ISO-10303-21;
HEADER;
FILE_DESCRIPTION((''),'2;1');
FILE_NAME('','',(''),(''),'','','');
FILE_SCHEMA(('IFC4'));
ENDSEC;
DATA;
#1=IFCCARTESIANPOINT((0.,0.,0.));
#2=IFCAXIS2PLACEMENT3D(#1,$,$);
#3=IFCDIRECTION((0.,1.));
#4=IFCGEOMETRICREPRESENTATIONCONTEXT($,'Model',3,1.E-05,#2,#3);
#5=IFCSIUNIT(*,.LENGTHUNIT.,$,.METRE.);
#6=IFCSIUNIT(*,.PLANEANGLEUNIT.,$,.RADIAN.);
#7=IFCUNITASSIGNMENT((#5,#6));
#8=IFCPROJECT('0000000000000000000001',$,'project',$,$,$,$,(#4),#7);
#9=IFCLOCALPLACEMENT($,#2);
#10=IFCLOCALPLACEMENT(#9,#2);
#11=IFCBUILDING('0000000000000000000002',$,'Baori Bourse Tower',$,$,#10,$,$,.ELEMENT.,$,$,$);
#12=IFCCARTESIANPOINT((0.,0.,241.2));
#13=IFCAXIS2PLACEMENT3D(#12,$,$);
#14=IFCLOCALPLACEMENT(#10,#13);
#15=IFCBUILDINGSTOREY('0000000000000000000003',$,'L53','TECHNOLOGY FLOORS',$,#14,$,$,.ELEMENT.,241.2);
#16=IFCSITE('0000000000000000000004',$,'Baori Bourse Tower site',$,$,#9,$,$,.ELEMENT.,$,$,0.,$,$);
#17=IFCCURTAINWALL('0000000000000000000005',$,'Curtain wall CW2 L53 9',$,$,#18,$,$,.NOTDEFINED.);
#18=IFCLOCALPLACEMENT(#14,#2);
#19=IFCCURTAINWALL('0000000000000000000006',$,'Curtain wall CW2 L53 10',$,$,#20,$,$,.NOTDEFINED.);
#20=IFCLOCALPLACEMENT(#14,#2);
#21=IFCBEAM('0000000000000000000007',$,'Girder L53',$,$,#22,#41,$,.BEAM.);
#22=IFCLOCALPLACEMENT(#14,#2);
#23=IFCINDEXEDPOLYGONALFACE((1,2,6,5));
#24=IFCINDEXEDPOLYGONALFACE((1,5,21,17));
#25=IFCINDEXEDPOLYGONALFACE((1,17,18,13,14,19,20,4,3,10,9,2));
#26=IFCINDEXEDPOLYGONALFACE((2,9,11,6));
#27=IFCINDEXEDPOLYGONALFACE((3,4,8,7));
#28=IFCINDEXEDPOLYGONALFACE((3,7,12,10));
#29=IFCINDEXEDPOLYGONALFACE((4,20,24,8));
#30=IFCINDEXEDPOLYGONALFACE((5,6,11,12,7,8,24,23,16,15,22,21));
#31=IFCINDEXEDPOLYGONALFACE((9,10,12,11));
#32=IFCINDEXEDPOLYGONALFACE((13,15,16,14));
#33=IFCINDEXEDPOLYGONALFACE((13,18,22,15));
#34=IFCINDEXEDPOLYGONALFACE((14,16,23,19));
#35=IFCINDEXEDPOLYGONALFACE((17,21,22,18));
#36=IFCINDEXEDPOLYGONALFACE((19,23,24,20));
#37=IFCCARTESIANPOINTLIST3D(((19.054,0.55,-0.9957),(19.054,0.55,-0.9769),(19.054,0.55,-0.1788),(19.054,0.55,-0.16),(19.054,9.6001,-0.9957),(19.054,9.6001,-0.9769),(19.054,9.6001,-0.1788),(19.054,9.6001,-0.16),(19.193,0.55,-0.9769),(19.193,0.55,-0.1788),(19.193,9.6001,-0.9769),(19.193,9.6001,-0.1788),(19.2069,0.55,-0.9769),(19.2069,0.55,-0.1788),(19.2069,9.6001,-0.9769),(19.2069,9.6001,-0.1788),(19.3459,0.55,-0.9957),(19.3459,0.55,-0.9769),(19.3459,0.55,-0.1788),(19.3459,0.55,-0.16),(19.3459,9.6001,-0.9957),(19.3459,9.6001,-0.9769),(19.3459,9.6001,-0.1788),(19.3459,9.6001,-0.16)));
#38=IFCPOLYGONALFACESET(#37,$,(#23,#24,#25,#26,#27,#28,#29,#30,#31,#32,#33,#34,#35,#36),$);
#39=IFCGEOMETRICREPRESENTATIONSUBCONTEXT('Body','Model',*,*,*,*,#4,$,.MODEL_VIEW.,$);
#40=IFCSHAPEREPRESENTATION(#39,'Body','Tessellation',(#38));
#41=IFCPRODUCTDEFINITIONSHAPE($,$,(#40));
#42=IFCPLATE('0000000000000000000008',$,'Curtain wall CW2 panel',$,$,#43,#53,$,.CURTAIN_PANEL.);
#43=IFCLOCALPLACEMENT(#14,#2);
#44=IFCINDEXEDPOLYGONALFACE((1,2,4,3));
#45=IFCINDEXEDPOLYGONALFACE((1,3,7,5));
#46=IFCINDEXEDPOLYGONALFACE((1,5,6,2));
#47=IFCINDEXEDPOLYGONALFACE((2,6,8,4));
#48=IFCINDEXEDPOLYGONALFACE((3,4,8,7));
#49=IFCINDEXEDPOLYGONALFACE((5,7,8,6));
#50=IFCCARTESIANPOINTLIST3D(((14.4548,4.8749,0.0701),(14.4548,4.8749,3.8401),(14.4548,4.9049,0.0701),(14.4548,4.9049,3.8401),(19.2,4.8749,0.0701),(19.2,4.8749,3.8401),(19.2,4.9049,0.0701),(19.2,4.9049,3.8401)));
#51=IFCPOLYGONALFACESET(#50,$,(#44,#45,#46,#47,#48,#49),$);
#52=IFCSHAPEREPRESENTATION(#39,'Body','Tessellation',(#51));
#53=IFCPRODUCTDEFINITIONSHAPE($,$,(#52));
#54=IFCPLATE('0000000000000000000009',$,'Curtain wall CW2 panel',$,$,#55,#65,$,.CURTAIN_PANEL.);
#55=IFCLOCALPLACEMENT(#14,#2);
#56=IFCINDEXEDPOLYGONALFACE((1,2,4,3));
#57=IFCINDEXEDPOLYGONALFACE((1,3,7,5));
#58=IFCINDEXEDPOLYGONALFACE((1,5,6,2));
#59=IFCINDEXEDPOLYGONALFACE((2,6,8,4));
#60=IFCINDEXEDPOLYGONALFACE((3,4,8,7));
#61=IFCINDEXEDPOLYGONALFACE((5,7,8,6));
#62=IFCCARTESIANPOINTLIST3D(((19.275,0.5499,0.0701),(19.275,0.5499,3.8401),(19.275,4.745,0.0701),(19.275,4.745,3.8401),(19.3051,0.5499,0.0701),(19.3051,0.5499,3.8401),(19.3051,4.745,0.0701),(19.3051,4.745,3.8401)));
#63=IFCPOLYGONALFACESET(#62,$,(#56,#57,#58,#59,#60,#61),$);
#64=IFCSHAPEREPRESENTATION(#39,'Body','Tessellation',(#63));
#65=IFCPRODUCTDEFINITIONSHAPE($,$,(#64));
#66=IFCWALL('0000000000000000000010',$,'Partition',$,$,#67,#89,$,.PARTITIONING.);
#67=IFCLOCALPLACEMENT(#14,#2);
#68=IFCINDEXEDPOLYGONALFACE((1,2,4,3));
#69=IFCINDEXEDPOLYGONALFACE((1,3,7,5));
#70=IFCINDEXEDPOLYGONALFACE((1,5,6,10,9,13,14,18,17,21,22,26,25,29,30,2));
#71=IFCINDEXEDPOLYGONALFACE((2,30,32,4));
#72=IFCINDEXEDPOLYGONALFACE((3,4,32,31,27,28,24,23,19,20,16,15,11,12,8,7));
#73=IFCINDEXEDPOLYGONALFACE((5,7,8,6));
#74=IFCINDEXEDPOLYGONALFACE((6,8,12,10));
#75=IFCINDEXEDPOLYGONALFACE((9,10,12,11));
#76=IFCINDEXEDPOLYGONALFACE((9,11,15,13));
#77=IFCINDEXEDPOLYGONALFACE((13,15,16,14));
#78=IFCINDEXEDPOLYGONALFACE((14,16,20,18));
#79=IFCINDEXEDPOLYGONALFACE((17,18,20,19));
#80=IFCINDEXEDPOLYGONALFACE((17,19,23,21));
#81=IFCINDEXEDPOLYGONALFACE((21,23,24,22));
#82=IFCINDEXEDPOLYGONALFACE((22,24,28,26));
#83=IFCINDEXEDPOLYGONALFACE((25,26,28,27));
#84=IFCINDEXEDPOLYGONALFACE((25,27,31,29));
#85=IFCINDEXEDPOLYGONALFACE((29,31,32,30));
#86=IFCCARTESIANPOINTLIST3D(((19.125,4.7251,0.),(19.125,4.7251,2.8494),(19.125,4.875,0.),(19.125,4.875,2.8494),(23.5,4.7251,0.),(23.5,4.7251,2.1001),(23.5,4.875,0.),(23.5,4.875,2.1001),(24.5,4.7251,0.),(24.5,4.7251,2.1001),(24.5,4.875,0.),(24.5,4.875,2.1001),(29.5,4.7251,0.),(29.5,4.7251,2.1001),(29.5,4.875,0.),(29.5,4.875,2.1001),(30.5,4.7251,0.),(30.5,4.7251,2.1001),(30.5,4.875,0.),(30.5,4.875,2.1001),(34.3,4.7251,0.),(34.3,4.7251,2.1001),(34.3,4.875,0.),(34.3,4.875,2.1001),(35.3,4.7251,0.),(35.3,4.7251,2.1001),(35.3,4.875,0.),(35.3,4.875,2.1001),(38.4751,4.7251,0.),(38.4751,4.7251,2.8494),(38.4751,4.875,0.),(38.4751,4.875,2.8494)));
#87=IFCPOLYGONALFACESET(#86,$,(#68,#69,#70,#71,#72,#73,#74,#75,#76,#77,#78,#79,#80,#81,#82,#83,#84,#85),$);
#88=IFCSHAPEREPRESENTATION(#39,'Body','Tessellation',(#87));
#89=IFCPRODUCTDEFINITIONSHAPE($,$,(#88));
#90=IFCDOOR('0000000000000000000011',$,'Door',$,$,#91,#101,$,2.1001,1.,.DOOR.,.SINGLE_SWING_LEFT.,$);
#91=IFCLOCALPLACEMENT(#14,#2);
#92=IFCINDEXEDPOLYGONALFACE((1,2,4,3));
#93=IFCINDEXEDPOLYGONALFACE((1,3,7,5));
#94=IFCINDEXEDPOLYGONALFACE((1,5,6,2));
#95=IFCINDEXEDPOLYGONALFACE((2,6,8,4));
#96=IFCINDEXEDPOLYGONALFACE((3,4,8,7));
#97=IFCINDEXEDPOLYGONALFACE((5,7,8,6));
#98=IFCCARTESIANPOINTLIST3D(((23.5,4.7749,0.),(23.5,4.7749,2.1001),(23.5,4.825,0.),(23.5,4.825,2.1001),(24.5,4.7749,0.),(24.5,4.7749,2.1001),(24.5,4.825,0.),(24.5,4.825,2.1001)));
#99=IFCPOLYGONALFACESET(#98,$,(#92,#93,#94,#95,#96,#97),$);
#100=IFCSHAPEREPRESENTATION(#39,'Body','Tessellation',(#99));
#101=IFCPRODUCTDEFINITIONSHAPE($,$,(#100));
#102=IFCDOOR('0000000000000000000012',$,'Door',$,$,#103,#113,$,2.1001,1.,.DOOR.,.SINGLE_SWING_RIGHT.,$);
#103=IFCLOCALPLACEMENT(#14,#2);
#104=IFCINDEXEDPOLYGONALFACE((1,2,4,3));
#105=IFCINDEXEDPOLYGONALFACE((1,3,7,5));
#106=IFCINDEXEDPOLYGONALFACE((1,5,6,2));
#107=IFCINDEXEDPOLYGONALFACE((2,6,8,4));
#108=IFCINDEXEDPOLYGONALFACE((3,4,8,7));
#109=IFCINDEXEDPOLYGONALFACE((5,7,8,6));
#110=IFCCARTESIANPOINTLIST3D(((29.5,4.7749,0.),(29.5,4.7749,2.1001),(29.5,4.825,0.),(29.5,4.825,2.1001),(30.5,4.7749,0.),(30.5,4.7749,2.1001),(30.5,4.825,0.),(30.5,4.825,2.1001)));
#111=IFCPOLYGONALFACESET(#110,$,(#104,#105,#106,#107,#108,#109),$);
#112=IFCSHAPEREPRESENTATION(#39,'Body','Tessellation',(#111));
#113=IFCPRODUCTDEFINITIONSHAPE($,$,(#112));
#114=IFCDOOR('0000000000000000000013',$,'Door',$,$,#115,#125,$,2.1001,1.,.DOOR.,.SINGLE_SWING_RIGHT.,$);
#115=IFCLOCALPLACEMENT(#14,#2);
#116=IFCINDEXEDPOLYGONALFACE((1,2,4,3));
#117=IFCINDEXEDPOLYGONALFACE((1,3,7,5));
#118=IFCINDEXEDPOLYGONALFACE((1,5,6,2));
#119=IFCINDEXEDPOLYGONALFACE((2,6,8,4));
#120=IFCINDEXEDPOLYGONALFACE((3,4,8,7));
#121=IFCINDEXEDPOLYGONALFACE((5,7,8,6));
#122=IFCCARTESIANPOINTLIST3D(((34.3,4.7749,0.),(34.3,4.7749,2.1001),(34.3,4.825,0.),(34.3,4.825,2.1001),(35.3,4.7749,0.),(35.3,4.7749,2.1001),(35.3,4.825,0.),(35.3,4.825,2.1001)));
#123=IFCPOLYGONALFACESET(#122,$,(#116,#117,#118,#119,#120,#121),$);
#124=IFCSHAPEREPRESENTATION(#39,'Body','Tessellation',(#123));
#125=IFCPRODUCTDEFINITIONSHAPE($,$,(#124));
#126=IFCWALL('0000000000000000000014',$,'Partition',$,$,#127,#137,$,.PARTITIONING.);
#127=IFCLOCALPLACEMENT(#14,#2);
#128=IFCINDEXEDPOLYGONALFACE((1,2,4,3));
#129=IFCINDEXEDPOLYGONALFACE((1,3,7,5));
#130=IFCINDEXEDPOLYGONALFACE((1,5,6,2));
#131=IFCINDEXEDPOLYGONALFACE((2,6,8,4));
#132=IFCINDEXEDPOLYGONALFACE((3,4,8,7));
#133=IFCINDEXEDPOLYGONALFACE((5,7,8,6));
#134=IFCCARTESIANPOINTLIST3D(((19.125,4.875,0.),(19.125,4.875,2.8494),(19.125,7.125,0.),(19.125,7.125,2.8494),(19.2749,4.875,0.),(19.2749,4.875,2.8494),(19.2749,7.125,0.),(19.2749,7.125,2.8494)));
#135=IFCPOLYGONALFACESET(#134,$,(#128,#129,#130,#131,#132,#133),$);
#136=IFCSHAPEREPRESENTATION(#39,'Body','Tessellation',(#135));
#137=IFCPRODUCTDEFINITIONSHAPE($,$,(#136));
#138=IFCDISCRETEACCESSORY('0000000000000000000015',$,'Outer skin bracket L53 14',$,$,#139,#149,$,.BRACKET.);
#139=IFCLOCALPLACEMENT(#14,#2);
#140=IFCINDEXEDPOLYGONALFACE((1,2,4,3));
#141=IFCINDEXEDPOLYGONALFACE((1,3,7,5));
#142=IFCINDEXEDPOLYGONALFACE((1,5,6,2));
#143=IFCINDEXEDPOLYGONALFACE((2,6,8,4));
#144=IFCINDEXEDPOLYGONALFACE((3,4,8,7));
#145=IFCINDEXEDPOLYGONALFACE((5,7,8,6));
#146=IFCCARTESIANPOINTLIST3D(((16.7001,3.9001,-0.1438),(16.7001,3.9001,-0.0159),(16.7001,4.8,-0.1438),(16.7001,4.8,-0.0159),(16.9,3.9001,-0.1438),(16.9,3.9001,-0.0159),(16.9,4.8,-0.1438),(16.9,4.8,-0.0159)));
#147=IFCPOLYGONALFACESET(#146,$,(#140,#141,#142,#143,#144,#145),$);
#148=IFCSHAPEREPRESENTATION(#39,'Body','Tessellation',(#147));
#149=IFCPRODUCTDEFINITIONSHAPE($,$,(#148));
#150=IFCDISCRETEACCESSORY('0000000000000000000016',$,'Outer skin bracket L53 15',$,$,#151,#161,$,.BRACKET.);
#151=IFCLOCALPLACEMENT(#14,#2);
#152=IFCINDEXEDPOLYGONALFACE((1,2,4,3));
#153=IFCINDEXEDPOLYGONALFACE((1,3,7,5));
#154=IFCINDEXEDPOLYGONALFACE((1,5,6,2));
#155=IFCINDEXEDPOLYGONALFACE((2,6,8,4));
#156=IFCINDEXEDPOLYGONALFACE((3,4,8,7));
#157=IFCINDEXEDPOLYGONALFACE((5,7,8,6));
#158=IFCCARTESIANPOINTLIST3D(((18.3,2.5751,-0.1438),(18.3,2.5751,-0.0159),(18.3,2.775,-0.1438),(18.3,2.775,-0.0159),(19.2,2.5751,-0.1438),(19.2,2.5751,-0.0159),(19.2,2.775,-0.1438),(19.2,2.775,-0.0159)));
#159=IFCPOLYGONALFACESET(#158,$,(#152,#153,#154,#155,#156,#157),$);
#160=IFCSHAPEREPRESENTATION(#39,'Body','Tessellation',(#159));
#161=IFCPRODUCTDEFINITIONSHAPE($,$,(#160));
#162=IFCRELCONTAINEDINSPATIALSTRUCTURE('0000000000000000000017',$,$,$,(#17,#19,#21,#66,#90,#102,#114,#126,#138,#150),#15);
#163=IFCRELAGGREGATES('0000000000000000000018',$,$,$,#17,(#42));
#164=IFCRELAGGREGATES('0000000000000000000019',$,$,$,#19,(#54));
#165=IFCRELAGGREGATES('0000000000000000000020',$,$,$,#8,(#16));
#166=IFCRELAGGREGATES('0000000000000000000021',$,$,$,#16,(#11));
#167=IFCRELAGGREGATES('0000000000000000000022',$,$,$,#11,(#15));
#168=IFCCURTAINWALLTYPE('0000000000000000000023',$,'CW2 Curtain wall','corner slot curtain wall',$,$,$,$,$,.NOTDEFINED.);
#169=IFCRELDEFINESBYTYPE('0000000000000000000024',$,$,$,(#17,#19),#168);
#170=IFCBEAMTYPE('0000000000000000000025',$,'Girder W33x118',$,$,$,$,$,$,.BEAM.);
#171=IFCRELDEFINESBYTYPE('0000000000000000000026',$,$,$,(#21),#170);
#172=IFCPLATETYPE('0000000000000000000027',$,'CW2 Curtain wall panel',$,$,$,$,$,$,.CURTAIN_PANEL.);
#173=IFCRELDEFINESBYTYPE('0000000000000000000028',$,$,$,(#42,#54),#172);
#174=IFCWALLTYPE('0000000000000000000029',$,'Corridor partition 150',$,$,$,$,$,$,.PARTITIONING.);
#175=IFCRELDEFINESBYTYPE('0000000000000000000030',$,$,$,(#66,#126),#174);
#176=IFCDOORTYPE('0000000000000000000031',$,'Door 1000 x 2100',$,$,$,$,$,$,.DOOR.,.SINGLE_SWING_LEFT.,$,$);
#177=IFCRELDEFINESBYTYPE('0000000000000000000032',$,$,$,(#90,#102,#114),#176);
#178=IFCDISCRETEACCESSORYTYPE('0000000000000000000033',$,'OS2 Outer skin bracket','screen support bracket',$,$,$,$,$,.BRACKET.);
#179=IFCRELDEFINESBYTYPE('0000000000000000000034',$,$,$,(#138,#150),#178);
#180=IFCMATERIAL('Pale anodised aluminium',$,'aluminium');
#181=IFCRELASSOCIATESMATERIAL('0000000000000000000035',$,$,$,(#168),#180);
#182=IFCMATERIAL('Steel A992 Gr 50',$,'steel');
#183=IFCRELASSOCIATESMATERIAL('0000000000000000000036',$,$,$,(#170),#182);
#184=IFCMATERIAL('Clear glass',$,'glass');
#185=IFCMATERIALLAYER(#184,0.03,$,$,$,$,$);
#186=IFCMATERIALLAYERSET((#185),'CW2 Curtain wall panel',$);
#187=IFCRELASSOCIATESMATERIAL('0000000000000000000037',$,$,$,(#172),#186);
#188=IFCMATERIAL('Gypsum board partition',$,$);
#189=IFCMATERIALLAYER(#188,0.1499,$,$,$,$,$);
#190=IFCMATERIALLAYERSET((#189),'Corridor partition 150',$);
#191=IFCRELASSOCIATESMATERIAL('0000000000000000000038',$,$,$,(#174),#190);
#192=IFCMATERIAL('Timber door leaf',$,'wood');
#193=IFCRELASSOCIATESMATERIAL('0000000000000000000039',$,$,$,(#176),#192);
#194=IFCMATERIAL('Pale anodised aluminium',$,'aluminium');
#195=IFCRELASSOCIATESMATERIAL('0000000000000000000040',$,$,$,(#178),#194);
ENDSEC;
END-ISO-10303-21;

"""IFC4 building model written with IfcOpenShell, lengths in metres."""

from ifc_helpers import new_model, si_unit, direction, frame, frame_2d, origin, origin_2d, place, context, subcontext, project, spatial, rectangle, i_section, extrude, material, layer, layer_set, material_profile, profile_set, type_object, element, fill, aggregate, save


model = new_model("IFC4")

# Units and contexts
model_context = context("Model", 3, precision=1e-05, world=origin(), true_north=direction((0.0, 1.0)))
body_context = subcontext(model_context, "Body", "Model", "MODEL_VIEW")
ifc_project = project(units=[si_unit("LENGTHUNIT", "METRE"), si_unit("PLANEANGLEUNIT", "RADIAN")], contexts=[model_context])

# Site, building, storey
site_placement = place(None, origin())
site = spatial("IfcSite", under=ifc_project, at=site_placement, Name="Baori Bourse Tower site", CompositionType="ELEMENT", RefElevation=0.0)
building_placement = place(site_placement, origin())
building = spatial("IfcBuilding", under=site, at=building_placement, Name="Baori Bourse Tower", CompositionType="ELEMENT")
storey_placement = place(building_placement, frame((0.0, 0.0, 241.2)))
storey = spatial("IfcBuildingStorey", under=building, at=storey_placement, Name="L53", Description="TECHNOLOGY FLOORS", CompositionType="ELEMENT", Elevation=241.2)

# Curtain walls
ifc_material_1 = material(Name="Pale anodised aluminium", Category="aluminium")
curtain_wall_type_1 = type_object("IfcCurtainWallType", Name="CW2 Curtain wall", Description="corner slot curtain wall", PredefinedType="NOTDEFINED", material=ifc_material_1)
curtain_wall_1_placement = place(storey_placement, origin())
curtain_wall_1 = element("IfcCurtainWall", 1, at=curtain_wall_1_placement, inside=storey, type_object=curtain_wall_type_1, Name="Curtain wall CW2 L53 9", PredefinedType="NOTDEFINED")
curtain_wall_2_placement = place(storey_placement, origin())
curtain_wall_2 = element("IfcCurtainWall", 2, at=curtain_wall_2_placement, inside=storey, type_object=curtain_wall_type_1, Name="Curtain wall CW2 L53 10", PredefinedType="NOTDEFINED")

# Beam
ifc_material_2 = material(Name="Steel A992 Gr 50", Category="steel")
ifc_material_profile_1 = material_profile(ifc_material_2, i_section(OverallWidth=0.292, OverallDepth=0.8357, WebThickness=0.0139, FlangeThickness=0.0188, at=origin_2d()), Name="W33x118")
ifc_profile_set_1 = profile_set([ifc_material_profile_1], Name="Steel A992 Gr 50")
beam_type_1 = type_object("IfcBeamType", Name="Girder W33x118", PredefinedType="BEAM", material=ifc_profile_set_1)
beam_1_placement = place(storey_placement, frame((19.2, 0.55, -0.5779), z_axis=(0.0, 1.0, 0.0), x_axis=(-1.0, 0.0, 0.0)))
element("IfcBeam", 3, at=beam_1_placement, inside=storey, type_object=beam_type_1, Name="Girder L53", PredefinedType="BEAM", context=body_context, shape_type="SweptSolid", body=[
    extrude(i_section(OverallWidth=0.292, OverallDepth=0.8357, WebThickness=0.0139, FlangeThickness=0.0188, at=origin_2d()), origin(), (0.0, 0.0, 1.0), 9.05),
])

# Plates
ifc_material_3 = material(Name="Clear glass", Category="glass")
ifc_layer_1 = layer(ifc_material_3, 0.03)
ifc_layer_set_1 = layer_set([ifc_layer_1], Name="CW2 Curtain wall panel")
plate_type = type_object("IfcPlateType", Name="CW2 Curtain wall panel", PredefinedType="CURTAIN_PANEL", material=ifc_layer_set_1)
plate_1_placement = place(storey_placement, frame((16.8274, 4.8899, 0.0701), z_axis=(0.0, 0.0, 1.0), x_axis=(1.0, 0.0, 0.0)))
plate_1 = element("IfcPlate", 4, at=plate_1_placement, type_object=plate_type, Name="Curtain wall CW2 panel", PredefinedType="CURTAIN_PANEL", context=body_context, shape_type="SweptSolid", body=[
    extrude(rectangle(XDim=4.7451, YDim=0.03, at=origin_2d()), origin(), (0.0, 0.0, 1.0), 3.77),
])
aggregate(curtain_wall_1, [plate_1])
plate_2_placement = place(storey_placement, frame((19.29, 2.6475, 0.0701), z_axis=(0.0, 0.0, 1.0), x_axis=(0.0, -1.0, 0.0)))
plate_2 = element("IfcPlate", 5, at=plate_2_placement, type_object=plate_type, Name="Curtain wall CW2 panel", PredefinedType="CURTAIN_PANEL", context=body_context, shape_type="SweptSolid", body=[
    extrude(rectangle(XDim=4.1951, YDim=0.03, at=origin_2d()), origin(), (0.0, 0.0, 1.0), 3.77),
])
aggregate(curtain_wall_2, [plate_2])

# Wall, openings, doors
ifc_material_4 = material(Name="Gypsum board partition")
ifc_layer_2 = layer(ifc_material_4, 0.1499)
ifc_layer_set_2 = layer_set([ifc_layer_2], Name="Corridor partition 150")
wall_type = type_object("IfcWallType", Name="Corridor partition 150", PredefinedType="PARTITIONING", material=ifc_layer_set_2)
wall_1_placement = place(storey_placement, frame((19.125, 4.8, 0.0), z_axis=(0.0, 0.0, 1.0), x_axis=(1.0, 0.0, 0.0)))
wall_1 = element("IfcWall", 6, at=wall_1_placement, inside=storey, type_object=wall_type, Name="Partition", PredefinedType="PARTITIONING", context=body_context, shape_type="SweptSolid", body=[
    extrude(rectangle(XDim=19.3501, YDim=0.1499, at=frame_2d((9.675, 0.0))), origin(), (0.0, 0.0, 1.0), 2.8494),
])
opening_1_placement = place(wall_1_placement, frame((4.375, 0.0, 0.0)))
opening_1 = element("IfcOpeningElement", 7, at=opening_1_placement, cuts=wall_1, PredefinedType="OPENING", context=body_context, shape_type="SweptSolid", body=[
    extrude(rectangle(XDim=1.0, YDim=2.1001, at=frame_2d((0.5, 1.05))), frame((0.0, 0.085, 0.0), z_axis=(0.0, -1.0, 0.0), x_axis=(1.0, 0.0, 0.0)), (0.0, 0.0, 1.0), 0.1699),
])
opening_2_placement = place(wall_1_placement, frame((10.375, 0.0, 0.0)))
opening_2 = element("IfcOpeningElement", 8, at=opening_2_placement, cuts=wall_1, PredefinedType="OPENING", context=body_context, shape_type="SweptSolid", body=[
    extrude(rectangle(XDim=1.0, YDim=2.1001, at=frame_2d((0.5, 1.05))), frame((0.0, 0.085, 0.0), z_axis=(0.0, -1.0, 0.0), x_axis=(1.0, 0.0, 0.0)), (0.0, 0.0, 1.0), 0.1699),
])
opening_3_placement = place(wall_1_placement, frame((15.175, 0.0, 0.0)))
opening_3 = element("IfcOpeningElement", 9, at=opening_3_placement, cuts=wall_1, PredefinedType="OPENING", context=body_context, shape_type="SweptSolid", body=[
    extrude(rectangle(XDim=1.0, YDim=2.1001, at=frame_2d((0.5, 1.05))), frame((0.0, 0.085, 0.0), z_axis=(0.0, -1.0, 0.0), x_axis=(1.0, 0.0, 0.0)), (0.0, 0.0, 1.0), 0.1699),
])
ifc_material_5 = material(Name="Timber door leaf", Category="wood")
door_type = type_object("IfcDoorType", Name="Door 1000 x 2100", OperationType="SINGLE_SWING_LEFT", PredefinedType="DOOR", material=ifc_material_5)
door_1_placement = place(opening_1_placement, origin())
door_1 = element("IfcDoor", 10, at=door_1_placement, inside=storey, type_object=door_type, Name="Door", OperationType="SINGLE_SWING_LEFT", OverallHeight=2.1001, OverallWidth=1.0, PredefinedType="DOOR", context=body_context, shape_type="SweptSolid", body=[
    extrude(rectangle(XDim=1.0, YDim=2.1001, at=frame_2d((0.5, 1.05))), frame((0.0, 0.0249, 0.0), z_axis=(0.0, -1.0, 0.0), x_axis=(1.0, 0.0, 0.0)), (0.0, 0.0, 1.0), 0.05),
])
fill(opening_1, door_1)
door_2_placement = place(opening_2_placement, origin())
door_2 = element("IfcDoor", 11, at=door_2_placement, inside=storey, type_object=door_type, Name="Door", OperationType="SINGLE_SWING_RIGHT", OverallHeight=2.1001, OverallWidth=1.0, PredefinedType="DOOR", context=body_context, shape_type="SweptSolid", body=[
    extrude(rectangle(XDim=1.0, YDim=2.1001, at=frame_2d((0.5, 1.05))), frame((0.0, 0.0249, 0.0), z_axis=(0.0, -1.0, 0.0), x_axis=(1.0, 0.0, 0.0)), (0.0, 0.0, 1.0), 0.05),
])
fill(opening_2, door_2)
door_3_placement = place(opening_3_placement, origin())
door_3 = element("IfcDoor", 12, at=door_3_placement, inside=storey, type_object=door_type, Name="Door", OperationType="SINGLE_SWING_RIGHT", OverallHeight=2.1001, OverallWidth=1.0, PredefinedType="DOOR", context=body_context, shape_type="SweptSolid", body=[
    extrude(rectangle(XDim=1.0, YDim=2.1001, at=frame_2d((0.5, 1.05))), frame((0.0, 0.0249, 0.0), z_axis=(0.0, -1.0, 0.0), x_axis=(1.0, 0.0, 0.0)), (0.0, 0.0, 1.0), 0.05),
])
fill(opening_3, door_3)

# Wall
wall_2_placement = place(storey_placement, frame((19.2, 4.875, 0.0), z_axis=(0.0, 0.0, 1.0), x_axis=(0.0, 1.0, 0.0)))
element("IfcWall", 13, at=wall_2_placement, inside=storey, type_object=wall_type, Name="Partition", PredefinedType="PARTITIONING", context=body_context, shape_type="SweptSolid", body=[
    extrude(rectangle(XDim=2.25, YDim=0.1499, at=frame_2d((1.125, 0.0))), origin(), (0.0, 0.0, 1.0), 2.8494),
])

# Discrete accessories
ifc_material_6 = material(Name="Pale anodised aluminium", Category="aluminium")
discrete_accessory_type = type_object("IfcDiscreteAccessoryType", Name="OS2 Outer skin bracket", Description="screen support bracket", PredefinedType="BRACKET", material=ifc_material_6)
for number, where, z_axis, x_axis, name in (
    (14, (16.8, 4.3501, -0.1438), (0.0, 0.0, 1.0), (1.0, 0.0, 0.0), "Outer skin bracket L53 14"),
    (15, (18.75, 2.675, -0.1438), (0.0, 0.0, 1.0), (0.0, -1.0, 0.0), "Outer skin bracket L53 15"),
):
    element("IfcDiscreteAccessory", number, at=place(storey_placement, frame(where, z_axis=z_axis, x_axis=x_axis)), inside=storey, type_object=discrete_accessory_type, Name=name, PredefinedType="BRACKET", context=body_context, shape_type="SweptSolid", body=[
        extrude(rectangle(XDim=0.2, YDim=0.8999, at=origin_2d()), origin(), (0.0, 0.0, 1.0), 0.1279),
    ])

save(model, "model.ifc")
